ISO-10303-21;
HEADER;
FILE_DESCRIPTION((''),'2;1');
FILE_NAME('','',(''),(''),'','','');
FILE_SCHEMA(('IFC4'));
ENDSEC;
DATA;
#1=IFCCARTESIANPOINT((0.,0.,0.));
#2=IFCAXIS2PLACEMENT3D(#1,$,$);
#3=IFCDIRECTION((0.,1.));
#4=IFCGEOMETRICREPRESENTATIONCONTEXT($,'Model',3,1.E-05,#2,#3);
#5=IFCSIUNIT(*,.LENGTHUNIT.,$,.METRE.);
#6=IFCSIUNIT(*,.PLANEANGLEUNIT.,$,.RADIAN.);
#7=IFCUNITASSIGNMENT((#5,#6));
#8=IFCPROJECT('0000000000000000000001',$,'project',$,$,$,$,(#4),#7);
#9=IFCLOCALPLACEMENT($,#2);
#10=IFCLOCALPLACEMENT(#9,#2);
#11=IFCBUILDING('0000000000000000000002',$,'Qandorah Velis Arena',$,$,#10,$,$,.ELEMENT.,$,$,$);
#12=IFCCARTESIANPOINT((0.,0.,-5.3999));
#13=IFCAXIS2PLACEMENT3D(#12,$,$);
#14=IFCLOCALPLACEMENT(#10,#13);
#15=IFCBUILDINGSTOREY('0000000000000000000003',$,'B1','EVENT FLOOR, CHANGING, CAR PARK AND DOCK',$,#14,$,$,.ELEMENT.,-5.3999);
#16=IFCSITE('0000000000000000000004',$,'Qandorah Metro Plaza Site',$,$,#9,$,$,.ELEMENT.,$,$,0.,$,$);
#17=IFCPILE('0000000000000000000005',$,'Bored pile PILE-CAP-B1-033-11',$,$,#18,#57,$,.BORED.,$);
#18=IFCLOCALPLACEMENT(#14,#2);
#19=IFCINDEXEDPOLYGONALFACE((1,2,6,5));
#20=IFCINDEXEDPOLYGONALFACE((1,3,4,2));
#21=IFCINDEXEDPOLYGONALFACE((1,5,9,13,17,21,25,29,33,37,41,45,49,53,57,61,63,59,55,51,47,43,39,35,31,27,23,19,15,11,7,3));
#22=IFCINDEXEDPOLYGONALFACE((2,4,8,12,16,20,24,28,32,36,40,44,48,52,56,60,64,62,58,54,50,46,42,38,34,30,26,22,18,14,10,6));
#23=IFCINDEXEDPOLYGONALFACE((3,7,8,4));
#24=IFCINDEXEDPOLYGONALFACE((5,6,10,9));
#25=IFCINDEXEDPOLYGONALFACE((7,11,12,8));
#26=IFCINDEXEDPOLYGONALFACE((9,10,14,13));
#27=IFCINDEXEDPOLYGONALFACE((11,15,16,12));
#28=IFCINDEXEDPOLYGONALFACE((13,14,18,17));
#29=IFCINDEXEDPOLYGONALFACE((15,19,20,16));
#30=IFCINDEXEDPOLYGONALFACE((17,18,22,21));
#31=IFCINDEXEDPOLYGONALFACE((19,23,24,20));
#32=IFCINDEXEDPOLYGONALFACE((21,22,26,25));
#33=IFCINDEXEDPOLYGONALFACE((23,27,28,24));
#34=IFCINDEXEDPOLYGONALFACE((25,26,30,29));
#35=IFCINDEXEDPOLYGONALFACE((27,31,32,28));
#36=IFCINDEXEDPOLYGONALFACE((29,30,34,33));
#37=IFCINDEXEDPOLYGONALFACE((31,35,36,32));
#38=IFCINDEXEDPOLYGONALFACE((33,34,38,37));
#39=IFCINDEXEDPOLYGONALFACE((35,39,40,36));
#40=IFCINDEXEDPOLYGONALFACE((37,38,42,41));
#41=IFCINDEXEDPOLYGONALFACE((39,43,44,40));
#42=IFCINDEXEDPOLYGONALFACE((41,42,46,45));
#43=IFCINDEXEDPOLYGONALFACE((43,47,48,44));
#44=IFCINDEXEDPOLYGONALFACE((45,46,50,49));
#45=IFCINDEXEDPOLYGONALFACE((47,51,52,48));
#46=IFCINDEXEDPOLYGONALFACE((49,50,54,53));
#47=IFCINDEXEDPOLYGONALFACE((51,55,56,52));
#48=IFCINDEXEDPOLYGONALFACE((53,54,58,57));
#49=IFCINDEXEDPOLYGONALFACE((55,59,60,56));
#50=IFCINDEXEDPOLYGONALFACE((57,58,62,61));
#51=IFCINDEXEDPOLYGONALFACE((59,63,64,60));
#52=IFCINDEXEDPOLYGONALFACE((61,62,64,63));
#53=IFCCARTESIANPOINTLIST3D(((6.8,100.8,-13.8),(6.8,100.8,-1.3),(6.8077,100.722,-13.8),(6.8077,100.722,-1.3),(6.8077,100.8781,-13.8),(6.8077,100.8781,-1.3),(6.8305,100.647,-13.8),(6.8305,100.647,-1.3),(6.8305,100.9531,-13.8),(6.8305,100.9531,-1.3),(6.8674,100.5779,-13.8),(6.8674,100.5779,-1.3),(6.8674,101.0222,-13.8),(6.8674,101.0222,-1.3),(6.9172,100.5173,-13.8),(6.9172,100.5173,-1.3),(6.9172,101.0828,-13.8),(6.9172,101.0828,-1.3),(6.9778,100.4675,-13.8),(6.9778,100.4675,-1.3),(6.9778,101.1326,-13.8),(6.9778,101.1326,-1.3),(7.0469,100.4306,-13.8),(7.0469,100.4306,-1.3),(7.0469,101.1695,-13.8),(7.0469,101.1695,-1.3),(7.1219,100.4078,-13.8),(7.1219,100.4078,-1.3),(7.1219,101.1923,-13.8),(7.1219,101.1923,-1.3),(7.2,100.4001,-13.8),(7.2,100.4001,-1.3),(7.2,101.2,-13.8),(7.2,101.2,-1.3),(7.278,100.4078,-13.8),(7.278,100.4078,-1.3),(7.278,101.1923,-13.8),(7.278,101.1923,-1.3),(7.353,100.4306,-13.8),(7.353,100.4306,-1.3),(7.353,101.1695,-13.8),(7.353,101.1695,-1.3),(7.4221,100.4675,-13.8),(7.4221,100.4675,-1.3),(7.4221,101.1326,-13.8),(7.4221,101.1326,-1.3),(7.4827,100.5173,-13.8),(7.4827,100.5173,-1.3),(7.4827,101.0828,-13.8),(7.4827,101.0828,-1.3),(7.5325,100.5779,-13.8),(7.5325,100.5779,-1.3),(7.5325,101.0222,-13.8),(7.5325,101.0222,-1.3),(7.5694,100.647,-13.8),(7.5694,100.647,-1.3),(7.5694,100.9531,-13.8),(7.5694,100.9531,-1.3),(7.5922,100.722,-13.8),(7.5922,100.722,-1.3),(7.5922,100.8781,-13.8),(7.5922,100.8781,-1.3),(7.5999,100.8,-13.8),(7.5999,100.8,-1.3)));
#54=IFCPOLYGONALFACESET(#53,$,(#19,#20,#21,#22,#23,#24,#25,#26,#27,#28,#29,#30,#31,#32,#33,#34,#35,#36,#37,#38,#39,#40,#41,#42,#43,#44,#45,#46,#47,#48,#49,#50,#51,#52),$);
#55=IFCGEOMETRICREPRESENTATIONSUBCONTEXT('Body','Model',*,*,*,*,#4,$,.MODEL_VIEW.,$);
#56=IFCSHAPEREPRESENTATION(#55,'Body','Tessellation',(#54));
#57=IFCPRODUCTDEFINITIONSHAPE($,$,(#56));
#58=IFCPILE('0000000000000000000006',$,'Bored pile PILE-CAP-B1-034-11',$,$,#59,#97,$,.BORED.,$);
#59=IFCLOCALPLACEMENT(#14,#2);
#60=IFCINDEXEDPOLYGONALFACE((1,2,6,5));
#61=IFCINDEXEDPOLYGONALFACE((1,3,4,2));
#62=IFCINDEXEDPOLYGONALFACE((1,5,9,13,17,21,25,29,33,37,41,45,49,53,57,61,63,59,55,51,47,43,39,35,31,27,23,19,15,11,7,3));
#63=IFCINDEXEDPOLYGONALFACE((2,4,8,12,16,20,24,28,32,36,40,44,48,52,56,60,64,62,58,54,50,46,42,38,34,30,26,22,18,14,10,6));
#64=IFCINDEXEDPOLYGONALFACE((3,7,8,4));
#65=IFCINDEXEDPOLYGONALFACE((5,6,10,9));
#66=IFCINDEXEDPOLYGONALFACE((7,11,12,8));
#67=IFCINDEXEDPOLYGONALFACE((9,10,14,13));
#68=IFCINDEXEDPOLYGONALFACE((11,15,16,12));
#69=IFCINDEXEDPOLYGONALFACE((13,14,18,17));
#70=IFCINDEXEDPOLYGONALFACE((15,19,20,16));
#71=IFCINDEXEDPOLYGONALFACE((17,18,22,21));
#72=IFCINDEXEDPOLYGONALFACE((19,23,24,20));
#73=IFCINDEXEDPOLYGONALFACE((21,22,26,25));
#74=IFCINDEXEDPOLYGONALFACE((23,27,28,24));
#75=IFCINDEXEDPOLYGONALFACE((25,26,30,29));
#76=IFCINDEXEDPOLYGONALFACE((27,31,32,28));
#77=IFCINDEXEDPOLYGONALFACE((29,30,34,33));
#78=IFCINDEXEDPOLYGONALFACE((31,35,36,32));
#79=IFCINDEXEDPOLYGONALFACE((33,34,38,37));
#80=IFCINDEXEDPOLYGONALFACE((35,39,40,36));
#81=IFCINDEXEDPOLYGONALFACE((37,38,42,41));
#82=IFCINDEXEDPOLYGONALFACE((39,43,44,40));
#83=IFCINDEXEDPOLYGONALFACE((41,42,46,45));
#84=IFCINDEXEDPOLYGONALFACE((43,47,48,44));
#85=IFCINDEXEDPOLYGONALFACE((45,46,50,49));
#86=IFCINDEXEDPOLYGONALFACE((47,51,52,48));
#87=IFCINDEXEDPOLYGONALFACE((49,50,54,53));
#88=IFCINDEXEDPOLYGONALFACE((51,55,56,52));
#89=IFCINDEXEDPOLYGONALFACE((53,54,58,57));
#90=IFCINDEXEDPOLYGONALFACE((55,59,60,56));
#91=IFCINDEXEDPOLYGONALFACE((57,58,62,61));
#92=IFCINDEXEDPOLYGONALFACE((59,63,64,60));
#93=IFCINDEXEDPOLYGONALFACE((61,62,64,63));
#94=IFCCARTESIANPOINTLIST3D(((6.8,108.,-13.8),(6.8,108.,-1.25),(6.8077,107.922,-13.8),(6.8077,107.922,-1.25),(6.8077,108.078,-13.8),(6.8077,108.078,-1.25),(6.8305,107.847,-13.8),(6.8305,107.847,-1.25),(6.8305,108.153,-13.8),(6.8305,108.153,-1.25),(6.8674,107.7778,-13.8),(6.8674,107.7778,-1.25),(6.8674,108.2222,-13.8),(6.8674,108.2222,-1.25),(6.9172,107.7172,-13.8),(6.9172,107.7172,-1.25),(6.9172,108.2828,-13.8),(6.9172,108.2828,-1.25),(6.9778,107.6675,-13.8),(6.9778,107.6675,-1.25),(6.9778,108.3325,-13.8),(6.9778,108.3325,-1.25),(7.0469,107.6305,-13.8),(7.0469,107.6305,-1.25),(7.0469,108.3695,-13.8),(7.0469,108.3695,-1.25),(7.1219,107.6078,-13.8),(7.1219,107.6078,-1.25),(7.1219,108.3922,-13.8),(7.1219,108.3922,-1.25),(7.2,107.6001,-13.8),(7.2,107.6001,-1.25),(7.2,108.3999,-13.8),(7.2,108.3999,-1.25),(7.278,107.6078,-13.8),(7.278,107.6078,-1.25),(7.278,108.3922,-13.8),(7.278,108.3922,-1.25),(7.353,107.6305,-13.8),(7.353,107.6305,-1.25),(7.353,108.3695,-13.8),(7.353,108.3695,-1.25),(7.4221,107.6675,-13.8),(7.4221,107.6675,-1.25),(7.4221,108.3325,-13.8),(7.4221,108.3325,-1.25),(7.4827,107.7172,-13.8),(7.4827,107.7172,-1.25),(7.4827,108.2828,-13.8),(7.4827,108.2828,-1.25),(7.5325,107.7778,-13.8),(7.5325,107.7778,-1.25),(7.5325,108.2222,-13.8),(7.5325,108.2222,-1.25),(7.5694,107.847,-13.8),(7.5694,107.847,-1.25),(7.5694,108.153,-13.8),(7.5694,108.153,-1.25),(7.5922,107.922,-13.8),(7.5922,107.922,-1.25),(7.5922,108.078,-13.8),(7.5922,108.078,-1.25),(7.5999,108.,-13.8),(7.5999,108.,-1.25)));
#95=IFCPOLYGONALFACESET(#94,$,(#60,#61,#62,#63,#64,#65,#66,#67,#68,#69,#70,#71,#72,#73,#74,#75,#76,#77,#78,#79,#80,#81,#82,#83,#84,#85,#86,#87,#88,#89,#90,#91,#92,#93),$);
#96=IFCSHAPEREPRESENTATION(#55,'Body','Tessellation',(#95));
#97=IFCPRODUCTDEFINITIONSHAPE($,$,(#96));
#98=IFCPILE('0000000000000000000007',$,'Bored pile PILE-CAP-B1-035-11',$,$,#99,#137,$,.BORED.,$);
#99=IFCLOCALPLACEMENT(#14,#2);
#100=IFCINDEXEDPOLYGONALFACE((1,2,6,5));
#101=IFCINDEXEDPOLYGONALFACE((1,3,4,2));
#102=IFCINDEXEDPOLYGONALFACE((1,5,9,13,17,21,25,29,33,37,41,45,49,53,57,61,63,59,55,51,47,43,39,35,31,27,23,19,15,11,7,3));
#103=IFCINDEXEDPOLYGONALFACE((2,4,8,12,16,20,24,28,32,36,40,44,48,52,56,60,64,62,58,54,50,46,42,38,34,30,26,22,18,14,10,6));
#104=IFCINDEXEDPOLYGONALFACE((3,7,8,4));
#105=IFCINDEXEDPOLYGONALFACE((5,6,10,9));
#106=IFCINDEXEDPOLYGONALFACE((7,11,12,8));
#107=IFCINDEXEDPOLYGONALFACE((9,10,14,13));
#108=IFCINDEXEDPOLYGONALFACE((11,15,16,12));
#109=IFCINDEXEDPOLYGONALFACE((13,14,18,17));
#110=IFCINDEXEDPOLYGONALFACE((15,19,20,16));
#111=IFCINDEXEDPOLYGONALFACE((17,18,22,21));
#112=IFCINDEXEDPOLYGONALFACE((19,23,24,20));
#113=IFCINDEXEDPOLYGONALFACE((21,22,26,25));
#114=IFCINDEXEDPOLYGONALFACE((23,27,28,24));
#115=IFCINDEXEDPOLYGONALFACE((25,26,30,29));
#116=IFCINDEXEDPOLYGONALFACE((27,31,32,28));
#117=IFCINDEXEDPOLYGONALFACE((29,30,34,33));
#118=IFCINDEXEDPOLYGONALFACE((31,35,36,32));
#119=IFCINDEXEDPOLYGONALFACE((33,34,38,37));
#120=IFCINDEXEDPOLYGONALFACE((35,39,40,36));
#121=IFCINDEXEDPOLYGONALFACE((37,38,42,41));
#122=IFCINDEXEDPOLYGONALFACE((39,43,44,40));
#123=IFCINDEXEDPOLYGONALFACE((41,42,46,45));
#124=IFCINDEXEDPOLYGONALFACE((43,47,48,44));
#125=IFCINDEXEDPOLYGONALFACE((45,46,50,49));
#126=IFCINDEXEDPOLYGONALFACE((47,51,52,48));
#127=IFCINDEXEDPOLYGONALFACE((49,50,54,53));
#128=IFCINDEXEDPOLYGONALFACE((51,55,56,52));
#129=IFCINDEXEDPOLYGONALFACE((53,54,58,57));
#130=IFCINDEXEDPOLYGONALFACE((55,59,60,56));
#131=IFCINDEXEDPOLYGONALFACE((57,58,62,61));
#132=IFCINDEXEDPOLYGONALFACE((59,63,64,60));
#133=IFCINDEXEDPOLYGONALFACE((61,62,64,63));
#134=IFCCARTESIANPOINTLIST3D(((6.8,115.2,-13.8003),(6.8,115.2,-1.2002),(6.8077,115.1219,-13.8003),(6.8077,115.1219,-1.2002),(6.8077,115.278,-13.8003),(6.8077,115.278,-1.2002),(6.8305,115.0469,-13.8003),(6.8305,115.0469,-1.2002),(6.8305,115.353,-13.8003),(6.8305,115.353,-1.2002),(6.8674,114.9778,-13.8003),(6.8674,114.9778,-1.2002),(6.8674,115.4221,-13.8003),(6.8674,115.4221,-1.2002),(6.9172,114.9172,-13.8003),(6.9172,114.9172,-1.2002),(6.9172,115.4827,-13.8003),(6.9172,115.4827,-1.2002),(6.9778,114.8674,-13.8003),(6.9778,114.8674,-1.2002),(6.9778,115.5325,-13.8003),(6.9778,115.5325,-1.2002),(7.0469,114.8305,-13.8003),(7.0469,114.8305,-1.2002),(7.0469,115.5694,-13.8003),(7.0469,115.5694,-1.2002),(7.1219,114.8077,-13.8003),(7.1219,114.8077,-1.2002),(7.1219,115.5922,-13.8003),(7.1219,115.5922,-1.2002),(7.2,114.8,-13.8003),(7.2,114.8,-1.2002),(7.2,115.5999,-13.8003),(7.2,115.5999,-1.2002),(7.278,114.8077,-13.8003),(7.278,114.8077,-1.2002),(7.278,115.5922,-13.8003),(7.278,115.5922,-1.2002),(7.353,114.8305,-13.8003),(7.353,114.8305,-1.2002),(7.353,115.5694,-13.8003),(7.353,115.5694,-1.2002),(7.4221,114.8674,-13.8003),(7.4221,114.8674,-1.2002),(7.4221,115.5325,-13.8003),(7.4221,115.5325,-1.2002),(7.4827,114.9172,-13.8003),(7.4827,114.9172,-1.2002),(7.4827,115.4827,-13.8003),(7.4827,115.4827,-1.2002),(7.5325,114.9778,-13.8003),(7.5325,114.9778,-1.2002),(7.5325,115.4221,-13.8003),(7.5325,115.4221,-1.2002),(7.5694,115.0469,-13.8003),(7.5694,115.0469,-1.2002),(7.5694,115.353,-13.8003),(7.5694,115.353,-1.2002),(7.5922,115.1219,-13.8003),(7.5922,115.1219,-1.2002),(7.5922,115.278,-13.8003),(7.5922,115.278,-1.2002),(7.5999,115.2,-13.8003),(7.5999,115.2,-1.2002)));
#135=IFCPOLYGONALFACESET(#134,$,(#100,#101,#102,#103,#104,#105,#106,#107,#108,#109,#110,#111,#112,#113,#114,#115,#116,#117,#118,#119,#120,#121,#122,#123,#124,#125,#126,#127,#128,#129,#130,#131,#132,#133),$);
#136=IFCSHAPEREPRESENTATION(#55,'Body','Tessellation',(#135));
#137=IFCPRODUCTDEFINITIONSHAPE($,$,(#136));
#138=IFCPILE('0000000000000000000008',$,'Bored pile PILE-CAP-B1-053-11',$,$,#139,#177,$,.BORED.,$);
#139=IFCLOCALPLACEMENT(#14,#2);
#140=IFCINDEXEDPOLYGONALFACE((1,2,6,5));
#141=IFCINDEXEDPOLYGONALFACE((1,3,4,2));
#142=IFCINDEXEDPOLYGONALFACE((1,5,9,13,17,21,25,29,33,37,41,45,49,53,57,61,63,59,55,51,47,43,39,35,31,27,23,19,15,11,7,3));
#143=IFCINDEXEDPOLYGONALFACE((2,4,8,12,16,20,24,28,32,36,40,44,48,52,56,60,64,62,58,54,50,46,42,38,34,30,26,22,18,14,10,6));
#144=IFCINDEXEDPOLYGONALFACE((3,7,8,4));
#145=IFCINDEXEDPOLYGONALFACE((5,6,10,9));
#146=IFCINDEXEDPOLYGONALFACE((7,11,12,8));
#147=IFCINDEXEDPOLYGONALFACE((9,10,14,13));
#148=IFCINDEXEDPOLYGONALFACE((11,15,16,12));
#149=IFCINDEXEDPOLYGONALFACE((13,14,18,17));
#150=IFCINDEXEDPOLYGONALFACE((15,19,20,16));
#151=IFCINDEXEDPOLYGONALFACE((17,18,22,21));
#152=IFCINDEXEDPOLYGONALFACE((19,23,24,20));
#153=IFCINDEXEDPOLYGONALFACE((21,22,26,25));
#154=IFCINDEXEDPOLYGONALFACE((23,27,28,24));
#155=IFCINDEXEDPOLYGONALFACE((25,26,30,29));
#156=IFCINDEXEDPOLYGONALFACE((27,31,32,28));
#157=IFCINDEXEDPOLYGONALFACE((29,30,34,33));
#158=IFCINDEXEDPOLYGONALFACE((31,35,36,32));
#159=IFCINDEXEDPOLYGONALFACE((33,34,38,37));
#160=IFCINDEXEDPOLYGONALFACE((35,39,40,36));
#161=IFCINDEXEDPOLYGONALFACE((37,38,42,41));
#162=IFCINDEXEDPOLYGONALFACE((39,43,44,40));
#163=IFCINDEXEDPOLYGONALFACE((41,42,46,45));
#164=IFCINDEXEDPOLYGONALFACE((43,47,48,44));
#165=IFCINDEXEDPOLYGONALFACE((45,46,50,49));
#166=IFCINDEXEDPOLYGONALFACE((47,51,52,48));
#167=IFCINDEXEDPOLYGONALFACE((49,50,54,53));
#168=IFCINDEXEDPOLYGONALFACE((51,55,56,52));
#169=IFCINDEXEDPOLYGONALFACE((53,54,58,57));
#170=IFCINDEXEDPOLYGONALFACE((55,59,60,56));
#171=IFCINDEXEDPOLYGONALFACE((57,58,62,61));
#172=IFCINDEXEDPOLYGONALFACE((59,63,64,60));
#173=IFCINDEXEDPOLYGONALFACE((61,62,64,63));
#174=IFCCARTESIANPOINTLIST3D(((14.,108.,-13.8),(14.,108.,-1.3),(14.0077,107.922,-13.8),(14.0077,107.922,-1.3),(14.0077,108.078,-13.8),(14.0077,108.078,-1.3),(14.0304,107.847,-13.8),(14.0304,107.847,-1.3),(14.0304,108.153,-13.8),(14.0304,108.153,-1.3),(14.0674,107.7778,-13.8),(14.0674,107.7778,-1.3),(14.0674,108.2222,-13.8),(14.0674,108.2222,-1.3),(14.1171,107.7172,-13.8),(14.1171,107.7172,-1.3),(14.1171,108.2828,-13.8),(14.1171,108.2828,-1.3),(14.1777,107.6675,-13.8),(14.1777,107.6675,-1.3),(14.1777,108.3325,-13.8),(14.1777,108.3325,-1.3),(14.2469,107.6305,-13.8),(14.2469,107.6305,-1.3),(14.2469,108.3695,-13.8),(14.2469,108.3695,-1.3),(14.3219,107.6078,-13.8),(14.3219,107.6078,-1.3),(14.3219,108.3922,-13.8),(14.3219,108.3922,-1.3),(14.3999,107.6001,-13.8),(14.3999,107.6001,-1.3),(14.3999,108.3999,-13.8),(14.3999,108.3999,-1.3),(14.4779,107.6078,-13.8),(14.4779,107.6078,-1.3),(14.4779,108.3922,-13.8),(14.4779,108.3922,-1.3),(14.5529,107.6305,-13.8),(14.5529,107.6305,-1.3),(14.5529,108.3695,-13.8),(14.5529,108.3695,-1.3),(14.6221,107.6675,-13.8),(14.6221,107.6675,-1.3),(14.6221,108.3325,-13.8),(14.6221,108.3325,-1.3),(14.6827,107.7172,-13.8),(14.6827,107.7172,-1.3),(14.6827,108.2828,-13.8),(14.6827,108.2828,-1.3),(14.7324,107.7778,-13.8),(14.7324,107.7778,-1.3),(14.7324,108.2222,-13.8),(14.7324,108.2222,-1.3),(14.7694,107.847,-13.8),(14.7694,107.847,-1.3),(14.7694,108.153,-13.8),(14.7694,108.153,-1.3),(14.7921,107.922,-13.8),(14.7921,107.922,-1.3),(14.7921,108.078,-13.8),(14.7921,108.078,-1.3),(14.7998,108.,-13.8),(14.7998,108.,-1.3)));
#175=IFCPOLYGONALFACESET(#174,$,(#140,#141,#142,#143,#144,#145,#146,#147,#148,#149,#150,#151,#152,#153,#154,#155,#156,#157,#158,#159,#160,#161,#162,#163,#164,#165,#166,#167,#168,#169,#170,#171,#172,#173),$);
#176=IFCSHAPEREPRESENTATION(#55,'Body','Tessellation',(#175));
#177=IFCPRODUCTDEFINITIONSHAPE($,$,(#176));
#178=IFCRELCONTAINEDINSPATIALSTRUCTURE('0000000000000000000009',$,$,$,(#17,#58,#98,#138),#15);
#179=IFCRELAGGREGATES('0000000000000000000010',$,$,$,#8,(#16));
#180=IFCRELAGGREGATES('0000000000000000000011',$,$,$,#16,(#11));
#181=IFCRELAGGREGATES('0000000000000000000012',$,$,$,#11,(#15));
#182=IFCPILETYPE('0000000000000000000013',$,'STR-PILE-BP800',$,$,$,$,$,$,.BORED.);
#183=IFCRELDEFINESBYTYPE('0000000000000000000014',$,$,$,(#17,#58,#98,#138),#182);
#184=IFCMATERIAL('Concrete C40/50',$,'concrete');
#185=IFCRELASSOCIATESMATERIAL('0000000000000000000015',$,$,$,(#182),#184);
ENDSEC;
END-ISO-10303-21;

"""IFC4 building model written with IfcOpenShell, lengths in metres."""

from ifc_helpers import new_model, si_unit, direction, frame, origin, origin_2d, place, context, subcontext, project, spatial, circle, extrude, material, material_profile, profile_set, type_object, element, save


model = new_model("IFC4")

# Units and contexts
model_context = context("Model", 3, precision=1e-05, world=origin(), true_north=direction((0.0, 1.0)))
body_context = subcontext(model_context, "Body", "Model", "MODEL_VIEW")
ifc_project = project(units=[si_unit("LENGTHUNIT", "METRE"), si_unit("PLANEANGLEUNIT", "RADIAN")], contexts=[model_context])

# Site, building, storey
site_placement = place(None, origin())
site = spatial("IfcSite", under=ifc_project, at=site_placement, Name="Qandorah Metro Plaza Site", CompositionType="ELEMENT", RefElevation=0.0)
building_placement = place(site_placement, origin())
building = spatial("IfcBuilding", under=site, at=building_placement, Name="Qandorah Velis Arena", CompositionType="ELEMENT")
storey_placement = place(building_placement, frame((0.0, 0.0, -5.3999)))
storey = spatial("IfcBuildingStorey", under=building, at=storey_placement, Name="B1", Description="EVENT FLOOR, CHANGING, CAR PARK AND DOCK", CompositionType="ELEMENT", Elevation=-5.3999)

# Shared definitions
ifc_material_1 = material(Name="Concrete C40/50", Category="concrete")

# Piles
ifc_material_profile_1 = material_profile(ifc_material_1, circle(Radius=0.3999, at=origin_2d()), Name="BORED PILE D800")
ifc_profile_set_1 = profile_set([ifc_material_profile_1], Name="Concrete C40/50")
pile_type_1 = type_object("IfcPileType", Name="STR-PILE-BP800", PredefinedType="BORED", material=ifc_profile_set_1)
pile_1_placement = place(storey_placement, frame((7.2, 100.8, -1.3), z_axis=(0.0, 0.0, -1.0), x_axis=(1.0, 0.0, 0.0)))
element("IfcPile", 1, at=pile_1_placement, inside=storey, type_object=pile_type_1, Name="Bored pile PILE-CAP-B1-033-11", PredefinedType="BORED", context=body_context, shape_type="SweptSolid", body=[
    extrude(circle(Radius=0.3999, at=origin_2d()), origin(), (0.0, 0.0, 1.0), 12.5),
])
pile_2_placement = place(storey_placement, frame((7.2, 108.0, -1.25), z_axis=(0.0, 0.0, -1.0), x_axis=(1.0, 0.0, 0.0)))
element("IfcPile", 2, at=pile_2_placement, inside=storey, type_object=pile_type_1, Name="Bored pile PILE-CAP-B1-034-11", PredefinedType="BORED", context=body_context, shape_type="SweptSolid", body=[
    extrude(circle(Radius=0.3999, at=origin_2d()), origin(), (0.0, 0.0, 1.0), 12.55),
])
pile_3_placement = place(storey_placement, frame((7.2, 115.2, -1.2002), z_axis=(0.0, 0.0, -1.0), x_axis=(1.0, 0.0, 0.0)))
element("IfcPile", 3, at=pile_3_placement, inside=storey, type_object=pile_type_1, Name="Bored pile PILE-CAP-B1-035-11", PredefinedType="BORED", context=body_context, shape_type="SweptSolid", body=[
    extrude(circle(Radius=0.3999, at=origin_2d()), origin(), (0.0, 0.0, 1.0), 12.6001),
])
pile_4_placement = place(storey_placement, frame((14.3999, 108.0, -1.3), z_axis=(0.0, 0.0, -1.0), x_axis=(1.0, 0.0, 0.0)))
element("IfcPile", 4, at=pile_4_placement, inside=storey, type_object=pile_type_1, Name="Bored pile PILE-CAP-B1-053-11", PredefinedType="BORED", context=body_context, shape_type="SweptSolid", body=[
    extrude(circle(Radius=0.3999, at=origin_2d()), origin(), (0.0, 0.0, 1.0), 12.5),
])

save(model, "model.ifc")
